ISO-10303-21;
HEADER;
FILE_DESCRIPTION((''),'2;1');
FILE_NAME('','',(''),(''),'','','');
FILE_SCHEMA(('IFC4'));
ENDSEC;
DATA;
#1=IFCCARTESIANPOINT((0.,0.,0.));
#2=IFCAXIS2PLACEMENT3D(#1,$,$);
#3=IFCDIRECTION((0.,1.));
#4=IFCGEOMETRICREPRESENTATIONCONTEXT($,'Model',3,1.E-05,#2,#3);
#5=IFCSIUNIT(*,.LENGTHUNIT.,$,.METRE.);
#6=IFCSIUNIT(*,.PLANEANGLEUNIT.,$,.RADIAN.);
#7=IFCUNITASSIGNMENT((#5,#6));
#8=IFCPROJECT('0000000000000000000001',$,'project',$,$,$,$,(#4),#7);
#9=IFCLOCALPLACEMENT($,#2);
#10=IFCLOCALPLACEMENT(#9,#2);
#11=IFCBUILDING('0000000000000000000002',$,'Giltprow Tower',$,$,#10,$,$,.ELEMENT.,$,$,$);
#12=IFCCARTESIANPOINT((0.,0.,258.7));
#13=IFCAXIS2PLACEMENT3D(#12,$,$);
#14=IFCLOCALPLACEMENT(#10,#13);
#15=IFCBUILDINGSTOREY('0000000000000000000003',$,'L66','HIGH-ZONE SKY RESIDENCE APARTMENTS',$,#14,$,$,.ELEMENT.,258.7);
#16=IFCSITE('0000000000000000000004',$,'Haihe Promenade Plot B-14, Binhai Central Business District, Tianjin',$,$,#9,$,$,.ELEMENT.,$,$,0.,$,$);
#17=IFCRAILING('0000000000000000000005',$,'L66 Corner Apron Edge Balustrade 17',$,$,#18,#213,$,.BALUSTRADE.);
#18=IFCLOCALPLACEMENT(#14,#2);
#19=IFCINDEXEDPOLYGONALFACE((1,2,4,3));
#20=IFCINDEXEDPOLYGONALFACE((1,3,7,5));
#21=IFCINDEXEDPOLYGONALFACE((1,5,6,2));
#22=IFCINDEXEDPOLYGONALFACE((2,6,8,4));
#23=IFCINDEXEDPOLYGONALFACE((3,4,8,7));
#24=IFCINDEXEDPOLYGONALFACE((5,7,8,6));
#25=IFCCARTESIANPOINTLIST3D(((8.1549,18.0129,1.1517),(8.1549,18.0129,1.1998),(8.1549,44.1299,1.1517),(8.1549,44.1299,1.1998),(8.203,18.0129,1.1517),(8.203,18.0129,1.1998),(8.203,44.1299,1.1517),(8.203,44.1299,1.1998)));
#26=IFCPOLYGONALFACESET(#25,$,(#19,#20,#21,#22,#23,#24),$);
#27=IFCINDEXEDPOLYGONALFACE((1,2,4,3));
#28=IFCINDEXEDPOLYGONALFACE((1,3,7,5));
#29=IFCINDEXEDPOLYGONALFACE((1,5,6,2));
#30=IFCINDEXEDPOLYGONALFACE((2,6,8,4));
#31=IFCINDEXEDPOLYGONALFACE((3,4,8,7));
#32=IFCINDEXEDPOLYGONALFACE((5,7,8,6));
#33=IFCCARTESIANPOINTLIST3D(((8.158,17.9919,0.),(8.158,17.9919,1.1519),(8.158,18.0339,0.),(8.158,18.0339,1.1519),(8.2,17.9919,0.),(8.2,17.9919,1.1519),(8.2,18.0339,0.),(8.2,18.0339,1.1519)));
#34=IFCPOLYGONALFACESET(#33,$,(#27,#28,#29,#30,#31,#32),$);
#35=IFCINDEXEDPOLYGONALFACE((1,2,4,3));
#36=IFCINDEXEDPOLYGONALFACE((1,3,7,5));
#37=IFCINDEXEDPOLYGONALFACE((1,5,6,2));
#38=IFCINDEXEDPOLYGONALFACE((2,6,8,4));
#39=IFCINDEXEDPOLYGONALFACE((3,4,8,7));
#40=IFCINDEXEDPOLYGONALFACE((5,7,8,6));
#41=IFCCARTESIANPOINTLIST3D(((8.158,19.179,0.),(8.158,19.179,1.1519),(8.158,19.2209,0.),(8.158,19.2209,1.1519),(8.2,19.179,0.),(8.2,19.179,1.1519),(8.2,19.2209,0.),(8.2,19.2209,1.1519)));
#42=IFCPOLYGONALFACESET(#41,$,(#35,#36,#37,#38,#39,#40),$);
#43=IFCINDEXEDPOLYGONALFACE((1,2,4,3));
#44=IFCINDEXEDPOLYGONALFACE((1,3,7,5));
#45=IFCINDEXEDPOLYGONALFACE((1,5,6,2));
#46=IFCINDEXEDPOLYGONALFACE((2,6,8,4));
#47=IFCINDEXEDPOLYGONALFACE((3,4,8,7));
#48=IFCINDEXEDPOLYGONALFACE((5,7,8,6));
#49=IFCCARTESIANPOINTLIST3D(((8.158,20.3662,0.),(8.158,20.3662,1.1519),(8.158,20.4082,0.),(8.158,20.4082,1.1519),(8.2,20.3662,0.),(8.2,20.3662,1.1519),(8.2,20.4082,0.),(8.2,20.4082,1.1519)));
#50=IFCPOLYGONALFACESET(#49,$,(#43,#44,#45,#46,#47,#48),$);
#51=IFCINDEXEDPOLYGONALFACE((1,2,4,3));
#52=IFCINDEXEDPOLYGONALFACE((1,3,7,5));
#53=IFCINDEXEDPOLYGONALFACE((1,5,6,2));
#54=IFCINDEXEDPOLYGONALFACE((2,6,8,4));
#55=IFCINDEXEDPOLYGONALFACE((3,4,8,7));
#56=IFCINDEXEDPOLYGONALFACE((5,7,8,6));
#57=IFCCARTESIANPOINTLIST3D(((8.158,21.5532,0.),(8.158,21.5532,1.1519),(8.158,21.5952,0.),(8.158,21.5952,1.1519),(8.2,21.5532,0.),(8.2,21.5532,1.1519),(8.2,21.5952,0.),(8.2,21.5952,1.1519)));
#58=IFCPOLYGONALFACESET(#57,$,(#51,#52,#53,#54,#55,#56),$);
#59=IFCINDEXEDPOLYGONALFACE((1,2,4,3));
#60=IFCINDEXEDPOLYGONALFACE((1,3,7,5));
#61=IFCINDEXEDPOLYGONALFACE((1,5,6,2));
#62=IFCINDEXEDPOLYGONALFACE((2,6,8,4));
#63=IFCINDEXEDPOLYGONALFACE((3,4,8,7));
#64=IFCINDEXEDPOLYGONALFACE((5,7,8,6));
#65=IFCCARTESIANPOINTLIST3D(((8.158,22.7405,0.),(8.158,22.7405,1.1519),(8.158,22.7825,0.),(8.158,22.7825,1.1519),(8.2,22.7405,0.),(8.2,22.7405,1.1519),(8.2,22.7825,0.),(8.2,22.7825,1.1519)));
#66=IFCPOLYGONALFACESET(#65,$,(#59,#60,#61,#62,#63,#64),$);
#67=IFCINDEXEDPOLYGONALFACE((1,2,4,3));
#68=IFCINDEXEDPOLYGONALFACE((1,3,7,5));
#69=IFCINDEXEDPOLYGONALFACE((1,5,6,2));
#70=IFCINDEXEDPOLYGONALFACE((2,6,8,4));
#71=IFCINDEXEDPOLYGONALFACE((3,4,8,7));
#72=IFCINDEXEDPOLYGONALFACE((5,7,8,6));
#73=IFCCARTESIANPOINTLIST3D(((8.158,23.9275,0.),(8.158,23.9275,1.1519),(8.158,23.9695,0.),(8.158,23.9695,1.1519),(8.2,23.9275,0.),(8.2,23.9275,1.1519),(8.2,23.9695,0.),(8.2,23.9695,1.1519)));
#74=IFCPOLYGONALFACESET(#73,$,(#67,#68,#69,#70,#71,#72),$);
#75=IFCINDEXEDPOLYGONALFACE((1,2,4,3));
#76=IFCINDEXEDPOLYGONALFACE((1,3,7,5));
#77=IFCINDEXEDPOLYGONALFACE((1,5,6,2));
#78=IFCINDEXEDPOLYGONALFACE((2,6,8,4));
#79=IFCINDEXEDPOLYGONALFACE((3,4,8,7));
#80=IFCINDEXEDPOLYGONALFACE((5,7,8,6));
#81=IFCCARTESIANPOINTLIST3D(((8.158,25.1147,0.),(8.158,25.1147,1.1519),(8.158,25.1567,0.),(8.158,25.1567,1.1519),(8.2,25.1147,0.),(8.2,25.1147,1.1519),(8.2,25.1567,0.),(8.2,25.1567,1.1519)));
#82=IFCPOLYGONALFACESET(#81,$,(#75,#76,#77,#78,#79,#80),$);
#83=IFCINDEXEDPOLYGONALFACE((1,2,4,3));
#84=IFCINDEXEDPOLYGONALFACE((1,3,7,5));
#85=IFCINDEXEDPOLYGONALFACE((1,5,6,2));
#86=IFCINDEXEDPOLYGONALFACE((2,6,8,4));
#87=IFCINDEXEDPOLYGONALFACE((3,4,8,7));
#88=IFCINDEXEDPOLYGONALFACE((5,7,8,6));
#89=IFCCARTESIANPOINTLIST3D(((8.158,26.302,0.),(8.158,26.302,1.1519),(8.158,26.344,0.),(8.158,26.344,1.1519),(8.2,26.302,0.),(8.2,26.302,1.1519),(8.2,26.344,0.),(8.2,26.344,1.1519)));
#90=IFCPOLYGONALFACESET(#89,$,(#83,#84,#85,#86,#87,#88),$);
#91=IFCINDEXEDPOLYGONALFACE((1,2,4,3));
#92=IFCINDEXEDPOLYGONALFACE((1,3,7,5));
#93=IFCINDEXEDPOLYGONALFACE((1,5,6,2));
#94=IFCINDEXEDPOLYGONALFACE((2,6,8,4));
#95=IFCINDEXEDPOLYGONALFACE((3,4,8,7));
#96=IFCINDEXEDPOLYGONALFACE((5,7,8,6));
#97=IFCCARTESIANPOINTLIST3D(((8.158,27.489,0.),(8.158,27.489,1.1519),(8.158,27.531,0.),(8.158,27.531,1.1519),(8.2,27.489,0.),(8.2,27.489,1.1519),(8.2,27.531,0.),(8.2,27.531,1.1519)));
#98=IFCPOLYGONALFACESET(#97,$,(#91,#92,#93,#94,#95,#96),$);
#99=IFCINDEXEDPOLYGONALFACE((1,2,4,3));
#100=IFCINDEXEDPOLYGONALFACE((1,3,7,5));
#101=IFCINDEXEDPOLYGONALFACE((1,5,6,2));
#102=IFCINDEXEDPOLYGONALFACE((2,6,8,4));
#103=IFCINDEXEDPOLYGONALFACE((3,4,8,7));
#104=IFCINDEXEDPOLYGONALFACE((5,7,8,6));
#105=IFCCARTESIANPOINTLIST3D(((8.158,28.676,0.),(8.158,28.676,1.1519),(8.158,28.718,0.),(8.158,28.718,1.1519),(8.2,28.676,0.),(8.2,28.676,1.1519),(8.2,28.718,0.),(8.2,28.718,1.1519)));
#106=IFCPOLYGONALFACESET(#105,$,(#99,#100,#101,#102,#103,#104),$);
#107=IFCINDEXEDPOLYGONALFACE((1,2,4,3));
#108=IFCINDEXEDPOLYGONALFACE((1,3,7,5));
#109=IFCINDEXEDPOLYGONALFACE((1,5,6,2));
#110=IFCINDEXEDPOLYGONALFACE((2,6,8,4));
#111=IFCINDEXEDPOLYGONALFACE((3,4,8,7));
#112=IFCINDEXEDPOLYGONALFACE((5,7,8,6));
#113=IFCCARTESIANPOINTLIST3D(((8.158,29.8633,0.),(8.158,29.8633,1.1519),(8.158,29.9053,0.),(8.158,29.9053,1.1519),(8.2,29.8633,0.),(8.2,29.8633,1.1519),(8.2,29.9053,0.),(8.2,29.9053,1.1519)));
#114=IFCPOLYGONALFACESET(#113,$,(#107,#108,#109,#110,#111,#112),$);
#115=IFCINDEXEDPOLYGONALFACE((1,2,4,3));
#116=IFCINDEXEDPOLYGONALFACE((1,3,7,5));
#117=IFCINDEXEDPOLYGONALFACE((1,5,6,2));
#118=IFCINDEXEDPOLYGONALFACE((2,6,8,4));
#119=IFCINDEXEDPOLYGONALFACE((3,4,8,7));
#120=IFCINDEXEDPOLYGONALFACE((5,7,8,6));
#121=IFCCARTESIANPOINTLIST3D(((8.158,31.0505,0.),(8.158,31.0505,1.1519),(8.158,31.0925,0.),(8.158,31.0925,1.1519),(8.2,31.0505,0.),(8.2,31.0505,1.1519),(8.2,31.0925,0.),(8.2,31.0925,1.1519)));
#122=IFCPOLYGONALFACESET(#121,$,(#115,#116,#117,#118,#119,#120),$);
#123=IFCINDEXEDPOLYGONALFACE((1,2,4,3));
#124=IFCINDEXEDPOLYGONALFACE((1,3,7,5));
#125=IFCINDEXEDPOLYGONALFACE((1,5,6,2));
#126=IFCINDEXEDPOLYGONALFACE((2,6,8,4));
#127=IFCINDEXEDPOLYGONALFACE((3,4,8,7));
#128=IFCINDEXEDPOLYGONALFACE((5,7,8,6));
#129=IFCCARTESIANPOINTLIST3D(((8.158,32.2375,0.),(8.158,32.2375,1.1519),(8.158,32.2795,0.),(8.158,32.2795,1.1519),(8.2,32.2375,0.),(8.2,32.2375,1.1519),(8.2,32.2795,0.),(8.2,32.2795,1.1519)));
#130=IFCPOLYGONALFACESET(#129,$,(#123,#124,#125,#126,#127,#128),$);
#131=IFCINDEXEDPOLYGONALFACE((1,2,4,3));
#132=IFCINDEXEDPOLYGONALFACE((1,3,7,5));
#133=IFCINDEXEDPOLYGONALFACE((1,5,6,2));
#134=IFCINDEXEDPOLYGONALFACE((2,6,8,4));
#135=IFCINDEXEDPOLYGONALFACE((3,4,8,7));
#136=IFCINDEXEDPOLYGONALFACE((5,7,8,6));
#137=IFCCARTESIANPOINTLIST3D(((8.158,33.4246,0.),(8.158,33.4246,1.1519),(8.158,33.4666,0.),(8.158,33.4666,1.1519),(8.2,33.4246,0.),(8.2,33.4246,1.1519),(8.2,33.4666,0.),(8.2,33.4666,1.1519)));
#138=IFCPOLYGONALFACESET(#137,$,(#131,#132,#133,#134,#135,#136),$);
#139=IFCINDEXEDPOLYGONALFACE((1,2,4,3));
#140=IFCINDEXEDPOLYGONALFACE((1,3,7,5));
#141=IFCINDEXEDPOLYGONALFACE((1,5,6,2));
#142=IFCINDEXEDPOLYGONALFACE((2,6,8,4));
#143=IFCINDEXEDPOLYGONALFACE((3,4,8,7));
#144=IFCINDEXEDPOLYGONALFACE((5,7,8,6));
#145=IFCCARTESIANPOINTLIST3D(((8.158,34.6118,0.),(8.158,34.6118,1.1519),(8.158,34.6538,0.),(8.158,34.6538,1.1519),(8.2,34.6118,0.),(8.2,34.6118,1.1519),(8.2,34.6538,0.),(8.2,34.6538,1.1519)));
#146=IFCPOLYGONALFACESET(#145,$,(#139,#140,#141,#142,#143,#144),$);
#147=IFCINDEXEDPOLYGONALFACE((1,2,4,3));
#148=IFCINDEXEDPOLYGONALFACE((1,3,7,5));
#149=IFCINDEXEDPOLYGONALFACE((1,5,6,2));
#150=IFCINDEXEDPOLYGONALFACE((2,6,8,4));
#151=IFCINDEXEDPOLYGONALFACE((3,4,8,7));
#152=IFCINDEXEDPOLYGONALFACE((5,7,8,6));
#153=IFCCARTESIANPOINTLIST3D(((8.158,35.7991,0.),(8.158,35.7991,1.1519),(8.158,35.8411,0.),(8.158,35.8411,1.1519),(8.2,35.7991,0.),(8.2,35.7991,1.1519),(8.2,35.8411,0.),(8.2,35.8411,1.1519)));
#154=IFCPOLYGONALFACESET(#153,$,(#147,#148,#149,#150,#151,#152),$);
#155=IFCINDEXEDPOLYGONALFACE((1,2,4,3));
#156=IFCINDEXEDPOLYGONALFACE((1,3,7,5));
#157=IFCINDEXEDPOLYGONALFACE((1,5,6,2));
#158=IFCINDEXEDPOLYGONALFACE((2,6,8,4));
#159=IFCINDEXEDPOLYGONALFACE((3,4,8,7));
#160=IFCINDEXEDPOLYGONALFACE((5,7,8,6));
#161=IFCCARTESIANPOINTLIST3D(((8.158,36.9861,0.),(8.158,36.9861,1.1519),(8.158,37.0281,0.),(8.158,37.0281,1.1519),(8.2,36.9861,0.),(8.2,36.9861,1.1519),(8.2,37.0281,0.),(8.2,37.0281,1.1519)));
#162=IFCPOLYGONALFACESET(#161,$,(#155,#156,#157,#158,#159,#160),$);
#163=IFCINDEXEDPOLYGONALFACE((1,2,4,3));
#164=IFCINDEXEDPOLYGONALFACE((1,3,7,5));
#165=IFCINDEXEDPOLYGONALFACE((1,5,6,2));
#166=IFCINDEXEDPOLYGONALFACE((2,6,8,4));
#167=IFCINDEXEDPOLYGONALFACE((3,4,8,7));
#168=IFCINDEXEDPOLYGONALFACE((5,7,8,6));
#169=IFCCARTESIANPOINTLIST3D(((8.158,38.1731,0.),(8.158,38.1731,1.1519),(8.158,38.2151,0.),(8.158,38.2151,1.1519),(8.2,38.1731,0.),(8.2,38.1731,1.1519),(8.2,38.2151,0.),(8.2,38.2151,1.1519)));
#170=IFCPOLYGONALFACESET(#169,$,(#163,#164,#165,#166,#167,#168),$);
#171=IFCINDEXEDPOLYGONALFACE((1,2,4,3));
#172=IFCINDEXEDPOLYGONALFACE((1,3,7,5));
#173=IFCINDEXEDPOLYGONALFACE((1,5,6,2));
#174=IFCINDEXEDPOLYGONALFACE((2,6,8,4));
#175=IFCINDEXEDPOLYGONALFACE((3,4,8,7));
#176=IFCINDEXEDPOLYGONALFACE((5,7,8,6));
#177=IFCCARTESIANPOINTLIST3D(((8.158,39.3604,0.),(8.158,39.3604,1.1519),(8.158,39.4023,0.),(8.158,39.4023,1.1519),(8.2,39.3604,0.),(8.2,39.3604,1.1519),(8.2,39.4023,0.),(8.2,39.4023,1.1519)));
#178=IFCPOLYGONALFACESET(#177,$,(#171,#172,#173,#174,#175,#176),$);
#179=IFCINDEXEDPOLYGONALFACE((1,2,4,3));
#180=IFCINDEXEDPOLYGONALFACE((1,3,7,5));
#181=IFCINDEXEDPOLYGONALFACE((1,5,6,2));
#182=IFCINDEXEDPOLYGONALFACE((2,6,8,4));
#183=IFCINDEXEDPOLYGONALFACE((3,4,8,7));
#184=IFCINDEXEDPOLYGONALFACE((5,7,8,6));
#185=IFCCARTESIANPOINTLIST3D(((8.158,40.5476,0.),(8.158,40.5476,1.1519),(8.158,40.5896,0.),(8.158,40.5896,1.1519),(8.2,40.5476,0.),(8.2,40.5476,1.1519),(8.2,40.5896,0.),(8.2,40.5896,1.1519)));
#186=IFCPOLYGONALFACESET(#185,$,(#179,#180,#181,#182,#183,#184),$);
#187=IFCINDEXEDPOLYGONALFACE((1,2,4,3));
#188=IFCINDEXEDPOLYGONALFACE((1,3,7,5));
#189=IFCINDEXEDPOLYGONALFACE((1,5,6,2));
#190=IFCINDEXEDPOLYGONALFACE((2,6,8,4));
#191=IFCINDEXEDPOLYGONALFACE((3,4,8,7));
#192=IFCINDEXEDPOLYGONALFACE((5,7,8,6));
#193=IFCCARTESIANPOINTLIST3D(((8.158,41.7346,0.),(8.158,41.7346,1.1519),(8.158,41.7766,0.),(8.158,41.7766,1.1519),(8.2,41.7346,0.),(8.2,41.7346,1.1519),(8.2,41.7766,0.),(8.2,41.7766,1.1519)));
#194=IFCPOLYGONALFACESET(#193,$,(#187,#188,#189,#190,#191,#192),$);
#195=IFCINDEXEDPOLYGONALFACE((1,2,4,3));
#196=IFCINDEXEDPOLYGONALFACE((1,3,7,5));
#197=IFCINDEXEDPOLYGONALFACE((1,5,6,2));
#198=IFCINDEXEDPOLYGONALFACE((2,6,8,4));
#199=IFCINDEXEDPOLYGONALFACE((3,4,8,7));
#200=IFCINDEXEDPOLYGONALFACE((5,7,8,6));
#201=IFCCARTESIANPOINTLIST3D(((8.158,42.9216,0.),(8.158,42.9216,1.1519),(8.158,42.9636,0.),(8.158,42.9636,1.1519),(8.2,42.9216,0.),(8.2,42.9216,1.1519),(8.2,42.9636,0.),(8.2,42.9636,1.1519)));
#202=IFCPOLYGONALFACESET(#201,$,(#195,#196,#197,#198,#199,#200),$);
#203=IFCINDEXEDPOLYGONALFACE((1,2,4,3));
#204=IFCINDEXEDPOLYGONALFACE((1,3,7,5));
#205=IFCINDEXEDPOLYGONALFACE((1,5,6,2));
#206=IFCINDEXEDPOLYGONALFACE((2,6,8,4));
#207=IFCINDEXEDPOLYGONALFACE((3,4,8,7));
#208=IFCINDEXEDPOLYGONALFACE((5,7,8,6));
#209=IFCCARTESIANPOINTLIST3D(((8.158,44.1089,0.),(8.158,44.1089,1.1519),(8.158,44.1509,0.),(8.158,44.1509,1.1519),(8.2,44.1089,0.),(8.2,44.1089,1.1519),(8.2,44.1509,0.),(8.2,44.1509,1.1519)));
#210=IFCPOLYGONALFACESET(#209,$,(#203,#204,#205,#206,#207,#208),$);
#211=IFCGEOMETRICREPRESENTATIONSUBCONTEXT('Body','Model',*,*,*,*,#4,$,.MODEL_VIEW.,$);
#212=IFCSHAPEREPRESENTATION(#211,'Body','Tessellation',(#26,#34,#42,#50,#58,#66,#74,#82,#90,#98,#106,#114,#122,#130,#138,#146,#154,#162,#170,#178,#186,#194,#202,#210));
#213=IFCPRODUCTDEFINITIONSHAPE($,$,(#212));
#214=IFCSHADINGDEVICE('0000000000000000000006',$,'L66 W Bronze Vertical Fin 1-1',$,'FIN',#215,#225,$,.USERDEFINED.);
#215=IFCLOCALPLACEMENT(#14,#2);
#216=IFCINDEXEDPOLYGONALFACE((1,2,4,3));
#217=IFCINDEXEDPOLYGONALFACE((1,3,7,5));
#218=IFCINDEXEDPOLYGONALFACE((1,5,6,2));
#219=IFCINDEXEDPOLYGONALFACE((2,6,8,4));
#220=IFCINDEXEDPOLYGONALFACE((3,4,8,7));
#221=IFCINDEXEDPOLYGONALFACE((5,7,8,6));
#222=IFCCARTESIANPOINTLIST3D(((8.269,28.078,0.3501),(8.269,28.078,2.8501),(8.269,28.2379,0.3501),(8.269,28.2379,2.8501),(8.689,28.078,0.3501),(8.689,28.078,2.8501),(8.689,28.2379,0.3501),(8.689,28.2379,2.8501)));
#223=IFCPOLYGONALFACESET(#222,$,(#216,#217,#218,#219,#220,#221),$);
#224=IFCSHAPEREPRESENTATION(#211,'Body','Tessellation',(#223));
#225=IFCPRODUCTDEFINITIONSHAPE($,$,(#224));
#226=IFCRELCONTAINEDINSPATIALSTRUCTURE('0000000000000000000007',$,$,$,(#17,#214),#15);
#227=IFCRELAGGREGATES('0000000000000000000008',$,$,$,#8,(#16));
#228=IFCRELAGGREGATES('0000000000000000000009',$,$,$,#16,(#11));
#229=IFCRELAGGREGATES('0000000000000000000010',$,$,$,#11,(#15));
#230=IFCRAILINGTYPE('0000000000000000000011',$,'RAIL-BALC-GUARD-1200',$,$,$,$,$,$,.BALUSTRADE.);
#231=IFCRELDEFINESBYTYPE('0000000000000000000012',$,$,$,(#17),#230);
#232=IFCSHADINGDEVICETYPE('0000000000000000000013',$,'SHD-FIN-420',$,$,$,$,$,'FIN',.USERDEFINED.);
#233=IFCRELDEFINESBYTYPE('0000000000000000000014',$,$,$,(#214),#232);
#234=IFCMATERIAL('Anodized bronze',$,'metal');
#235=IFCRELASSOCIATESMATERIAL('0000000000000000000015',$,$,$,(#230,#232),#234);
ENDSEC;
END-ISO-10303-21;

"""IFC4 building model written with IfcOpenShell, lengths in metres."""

from ifc_helpers import new_model, si_unit, direction, frame, origin, origin_2d, place, context, subcontext, project, spatial, rectangle, extrude, source, transform, mapped, material, type_object, element, save


model = new_model("IFC4")

# Units and contexts
model_context = context("Model", 3, precision=1e-05, world=origin(), true_north=direction((0.0, 1.0)))
body_context = subcontext(model_context, "Body", "Model", "MODEL_VIEW")
ifc_project = project(units=[si_unit("LENGTHUNIT", "METRE"), si_unit("PLANEANGLEUNIT", "RADIAN")], contexts=[model_context])

# Site, building, storey
site_placement = place(None, origin())
site = spatial("IfcSite", under=ifc_project, at=site_placement, Name="Haihe Promenade Plot B-14, Binhai Central Business District, Tianjin", CompositionType="ELEMENT", RefElevation=0.0)
building_placement = place(site_placement, origin())
building = spatial("IfcBuilding", under=site, at=building_placement, Name="Giltprow Tower", CompositionType="ELEMENT")
storey_placement = place(building_placement, frame((0.0, 0.0, 258.7)))
storey = spatial("IfcBuildingStorey", under=building, at=storey_placement, Name="L66", Description="HIGH-ZONE SKY RESIDENCE APARTMENTS", CompositionType="ELEMENT", Elevation=258.7)

# Shared definitions
ifc_material_1 = material(Name="Anodized bronze", Category="metal")

# Railing
railing_type = type_object("IfcRailingType", Name="RAIL-BALC-GUARD-1200", PredefinedType="BALUSTRADE", material=ifc_material_1)
railing_1_placement = place(storey_placement, frame((8.179, 18.0129, 0.0)))
element("IfcRailing", 1, at=railing_1_placement, inside=storey, type_object=railing_type, Name="L66 Corner Apron Edge Balustrade 17", PredefinedType="BALUSTRADE", context=body_context, shape_type="SweptSolid", body=[
    extrude(rectangle(XDim=0.0481, YDim=0.0481, at=origin_2d()), frame((0.0, 0.0, 1.1758), z_axis=(0.0, 1.0, 0.0), x_axis=(-1.0, 0.0, 0.0)), (0.0, 0.0, 1.0), 26.1169),
    extrude(rectangle(XDim=0.042, YDim=0.042, at=origin_2d()), origin(), (0.0, 0.0, 1.0), 1.1519),
    extrude(rectangle(XDim=0.042, YDim=0.042, at=origin_2d()), frame((0.0, 1.187, 0.0)), (0.0, 0.0, 1.0), 1.1519),
    extrude(rectangle(XDim=0.042, YDim=0.042, at=origin_2d()), frame((0.0, 2.3743, 0.0)), (0.0, 0.0, 1.0), 1.1519),
    extrude(rectangle(XDim=0.042, YDim=0.042, at=origin_2d()), frame((0.0, 3.5613, 0.0)), (0.0, 0.0, 1.0), 1.1519),
    extrude(rectangle(XDim=0.042, YDim=0.042, at=origin_2d()), frame((0.0, 4.7485, 0.0)), (0.0, 0.0, 1.0), 1.1519),
    extrude(rectangle(XDim=0.042, YDim=0.042, at=origin_2d()), frame((0.0, 5.9355, 0.0)), (0.0, 0.0, 1.0), 1.1519),
    extrude(rectangle(XDim=0.042, YDim=0.042, at=origin_2d()), frame((0.0, 7.1228, 0.0)), (0.0, 0.0, 1.0), 1.1519),
    extrude(rectangle(XDim=0.042, YDim=0.042, at=origin_2d()), frame((0.0, 8.3101, 0.0)), (0.0, 0.0, 1.0), 1.1519),
    extrude(rectangle(XDim=0.042, YDim=0.042, at=origin_2d()), frame((0.0, 9.4971, 0.0)), (0.0, 0.0, 1.0), 1.1519),
    extrude(rectangle(XDim=0.042, YDim=0.042, at=origin_2d()), frame((0.0, 10.6841, 0.0)), (0.0, 0.0, 1.0), 1.1519),
    extrude(rectangle(XDim=0.042, YDim=0.042, at=origin_2d()), frame((0.0, 11.8713, 0.0)), (0.0, 0.0, 1.0), 1.1519),
    extrude(rectangle(XDim=0.042, YDim=0.042, at=origin_2d()), frame((0.0, 13.0586, 0.0)), (0.0, 0.0, 1.0), 1.1519),
    extrude(rectangle(XDim=0.042, YDim=0.042, at=origin_2d()), frame((0.0, 14.2456, 0.0)), (0.0, 0.0, 1.0), 1.1519),
    extrude(rectangle(XDim=0.042, YDim=0.042, at=origin_2d()), frame((0.0, 15.4326, 0.0)), (0.0, 0.0, 1.0), 1.1519),
    extrude(rectangle(XDim=0.042, YDim=0.042, at=origin_2d()), frame((0.0, 16.6199, 0.0)), (0.0, 0.0, 1.0), 1.1519),
    extrude(rectangle(XDim=0.042, YDim=0.042, at=origin_2d()), frame((0.0, 17.8071, 0.0)), (0.0, 0.0, 1.0), 1.1519),
    extrude(rectangle(XDim=0.042, YDim=0.042, at=origin_2d()), frame((0.0, 18.9941, 0.0)), (0.0, 0.0, 1.0), 1.1519),
    extrude(rectangle(XDim=0.042, YDim=0.042, at=origin_2d()), frame((0.0, 20.1812, 0.0)), (0.0, 0.0, 1.0), 1.1519),
    extrude(rectangle(XDim=0.042, YDim=0.042, at=origin_2d()), frame((0.0, 21.3684, 0.0)), (0.0, 0.0, 1.0), 1.1519),
    extrude(rectangle(XDim=0.042, YDim=0.042, at=origin_2d()), frame((0.0, 22.5557, 0.0)), (0.0, 0.0, 1.0), 1.1519),
    extrude(rectangle(XDim=0.042, YDim=0.042, at=origin_2d()), frame((0.0, 23.7427, 0.0)), (0.0, 0.0, 1.0), 1.1519),
    extrude(rectangle(XDim=0.042, YDim=0.042, at=origin_2d()), frame((0.0, 24.9297, 0.0)), (0.0, 0.0, 1.0), 1.1519),
    extrude(rectangle(XDim=0.042, YDim=0.042, at=origin_2d()), frame((0.0, 26.1169, 0.0)), (0.0, 0.0, 1.0), 1.1519),
])

# Shading device
shading_device_type = type_object("IfcShadingDeviceType", Name="SHD-FIN-420", ElementType="FIN", PredefinedType="USERDEFINED", material=ifc_material_1)
shared_shape_1 = source(origin(), body_context, "Body", "SweptSolid", [
    extrude(rectangle(XDim=0.4199, YDim=0.1599, at=origin_2d()), origin(), (0.0, 0.0, 1.0), 2.5),
])
shading_device_placement = place(storey_placement, frame((8.479, 28.158, 0.3501), z_axis=(0.0, 0.0, 1.0), x_axis=(1.0, 0.0, 0.0)))
element("IfcShadingDevice", 2, at=shading_device_placement, inside=storey, type_object=shading_device_type, Name="L66 W Bronze Vertical Fin 1-1", ObjectType="FIN", PredefinedType="USERDEFINED", context=body_context, shape_type="MappedRepresentation", body=[
    mapped(shared_shape_1, transform((0.0, 0.0, 0.0), x_axis=(1.0, 0.0, 0.0), y_axis=(0.0, 1.0, 0.0), z_axis=(0.0, 0.0, 1.0), scale=1.0)),
])

save(model, "model.ifc")
